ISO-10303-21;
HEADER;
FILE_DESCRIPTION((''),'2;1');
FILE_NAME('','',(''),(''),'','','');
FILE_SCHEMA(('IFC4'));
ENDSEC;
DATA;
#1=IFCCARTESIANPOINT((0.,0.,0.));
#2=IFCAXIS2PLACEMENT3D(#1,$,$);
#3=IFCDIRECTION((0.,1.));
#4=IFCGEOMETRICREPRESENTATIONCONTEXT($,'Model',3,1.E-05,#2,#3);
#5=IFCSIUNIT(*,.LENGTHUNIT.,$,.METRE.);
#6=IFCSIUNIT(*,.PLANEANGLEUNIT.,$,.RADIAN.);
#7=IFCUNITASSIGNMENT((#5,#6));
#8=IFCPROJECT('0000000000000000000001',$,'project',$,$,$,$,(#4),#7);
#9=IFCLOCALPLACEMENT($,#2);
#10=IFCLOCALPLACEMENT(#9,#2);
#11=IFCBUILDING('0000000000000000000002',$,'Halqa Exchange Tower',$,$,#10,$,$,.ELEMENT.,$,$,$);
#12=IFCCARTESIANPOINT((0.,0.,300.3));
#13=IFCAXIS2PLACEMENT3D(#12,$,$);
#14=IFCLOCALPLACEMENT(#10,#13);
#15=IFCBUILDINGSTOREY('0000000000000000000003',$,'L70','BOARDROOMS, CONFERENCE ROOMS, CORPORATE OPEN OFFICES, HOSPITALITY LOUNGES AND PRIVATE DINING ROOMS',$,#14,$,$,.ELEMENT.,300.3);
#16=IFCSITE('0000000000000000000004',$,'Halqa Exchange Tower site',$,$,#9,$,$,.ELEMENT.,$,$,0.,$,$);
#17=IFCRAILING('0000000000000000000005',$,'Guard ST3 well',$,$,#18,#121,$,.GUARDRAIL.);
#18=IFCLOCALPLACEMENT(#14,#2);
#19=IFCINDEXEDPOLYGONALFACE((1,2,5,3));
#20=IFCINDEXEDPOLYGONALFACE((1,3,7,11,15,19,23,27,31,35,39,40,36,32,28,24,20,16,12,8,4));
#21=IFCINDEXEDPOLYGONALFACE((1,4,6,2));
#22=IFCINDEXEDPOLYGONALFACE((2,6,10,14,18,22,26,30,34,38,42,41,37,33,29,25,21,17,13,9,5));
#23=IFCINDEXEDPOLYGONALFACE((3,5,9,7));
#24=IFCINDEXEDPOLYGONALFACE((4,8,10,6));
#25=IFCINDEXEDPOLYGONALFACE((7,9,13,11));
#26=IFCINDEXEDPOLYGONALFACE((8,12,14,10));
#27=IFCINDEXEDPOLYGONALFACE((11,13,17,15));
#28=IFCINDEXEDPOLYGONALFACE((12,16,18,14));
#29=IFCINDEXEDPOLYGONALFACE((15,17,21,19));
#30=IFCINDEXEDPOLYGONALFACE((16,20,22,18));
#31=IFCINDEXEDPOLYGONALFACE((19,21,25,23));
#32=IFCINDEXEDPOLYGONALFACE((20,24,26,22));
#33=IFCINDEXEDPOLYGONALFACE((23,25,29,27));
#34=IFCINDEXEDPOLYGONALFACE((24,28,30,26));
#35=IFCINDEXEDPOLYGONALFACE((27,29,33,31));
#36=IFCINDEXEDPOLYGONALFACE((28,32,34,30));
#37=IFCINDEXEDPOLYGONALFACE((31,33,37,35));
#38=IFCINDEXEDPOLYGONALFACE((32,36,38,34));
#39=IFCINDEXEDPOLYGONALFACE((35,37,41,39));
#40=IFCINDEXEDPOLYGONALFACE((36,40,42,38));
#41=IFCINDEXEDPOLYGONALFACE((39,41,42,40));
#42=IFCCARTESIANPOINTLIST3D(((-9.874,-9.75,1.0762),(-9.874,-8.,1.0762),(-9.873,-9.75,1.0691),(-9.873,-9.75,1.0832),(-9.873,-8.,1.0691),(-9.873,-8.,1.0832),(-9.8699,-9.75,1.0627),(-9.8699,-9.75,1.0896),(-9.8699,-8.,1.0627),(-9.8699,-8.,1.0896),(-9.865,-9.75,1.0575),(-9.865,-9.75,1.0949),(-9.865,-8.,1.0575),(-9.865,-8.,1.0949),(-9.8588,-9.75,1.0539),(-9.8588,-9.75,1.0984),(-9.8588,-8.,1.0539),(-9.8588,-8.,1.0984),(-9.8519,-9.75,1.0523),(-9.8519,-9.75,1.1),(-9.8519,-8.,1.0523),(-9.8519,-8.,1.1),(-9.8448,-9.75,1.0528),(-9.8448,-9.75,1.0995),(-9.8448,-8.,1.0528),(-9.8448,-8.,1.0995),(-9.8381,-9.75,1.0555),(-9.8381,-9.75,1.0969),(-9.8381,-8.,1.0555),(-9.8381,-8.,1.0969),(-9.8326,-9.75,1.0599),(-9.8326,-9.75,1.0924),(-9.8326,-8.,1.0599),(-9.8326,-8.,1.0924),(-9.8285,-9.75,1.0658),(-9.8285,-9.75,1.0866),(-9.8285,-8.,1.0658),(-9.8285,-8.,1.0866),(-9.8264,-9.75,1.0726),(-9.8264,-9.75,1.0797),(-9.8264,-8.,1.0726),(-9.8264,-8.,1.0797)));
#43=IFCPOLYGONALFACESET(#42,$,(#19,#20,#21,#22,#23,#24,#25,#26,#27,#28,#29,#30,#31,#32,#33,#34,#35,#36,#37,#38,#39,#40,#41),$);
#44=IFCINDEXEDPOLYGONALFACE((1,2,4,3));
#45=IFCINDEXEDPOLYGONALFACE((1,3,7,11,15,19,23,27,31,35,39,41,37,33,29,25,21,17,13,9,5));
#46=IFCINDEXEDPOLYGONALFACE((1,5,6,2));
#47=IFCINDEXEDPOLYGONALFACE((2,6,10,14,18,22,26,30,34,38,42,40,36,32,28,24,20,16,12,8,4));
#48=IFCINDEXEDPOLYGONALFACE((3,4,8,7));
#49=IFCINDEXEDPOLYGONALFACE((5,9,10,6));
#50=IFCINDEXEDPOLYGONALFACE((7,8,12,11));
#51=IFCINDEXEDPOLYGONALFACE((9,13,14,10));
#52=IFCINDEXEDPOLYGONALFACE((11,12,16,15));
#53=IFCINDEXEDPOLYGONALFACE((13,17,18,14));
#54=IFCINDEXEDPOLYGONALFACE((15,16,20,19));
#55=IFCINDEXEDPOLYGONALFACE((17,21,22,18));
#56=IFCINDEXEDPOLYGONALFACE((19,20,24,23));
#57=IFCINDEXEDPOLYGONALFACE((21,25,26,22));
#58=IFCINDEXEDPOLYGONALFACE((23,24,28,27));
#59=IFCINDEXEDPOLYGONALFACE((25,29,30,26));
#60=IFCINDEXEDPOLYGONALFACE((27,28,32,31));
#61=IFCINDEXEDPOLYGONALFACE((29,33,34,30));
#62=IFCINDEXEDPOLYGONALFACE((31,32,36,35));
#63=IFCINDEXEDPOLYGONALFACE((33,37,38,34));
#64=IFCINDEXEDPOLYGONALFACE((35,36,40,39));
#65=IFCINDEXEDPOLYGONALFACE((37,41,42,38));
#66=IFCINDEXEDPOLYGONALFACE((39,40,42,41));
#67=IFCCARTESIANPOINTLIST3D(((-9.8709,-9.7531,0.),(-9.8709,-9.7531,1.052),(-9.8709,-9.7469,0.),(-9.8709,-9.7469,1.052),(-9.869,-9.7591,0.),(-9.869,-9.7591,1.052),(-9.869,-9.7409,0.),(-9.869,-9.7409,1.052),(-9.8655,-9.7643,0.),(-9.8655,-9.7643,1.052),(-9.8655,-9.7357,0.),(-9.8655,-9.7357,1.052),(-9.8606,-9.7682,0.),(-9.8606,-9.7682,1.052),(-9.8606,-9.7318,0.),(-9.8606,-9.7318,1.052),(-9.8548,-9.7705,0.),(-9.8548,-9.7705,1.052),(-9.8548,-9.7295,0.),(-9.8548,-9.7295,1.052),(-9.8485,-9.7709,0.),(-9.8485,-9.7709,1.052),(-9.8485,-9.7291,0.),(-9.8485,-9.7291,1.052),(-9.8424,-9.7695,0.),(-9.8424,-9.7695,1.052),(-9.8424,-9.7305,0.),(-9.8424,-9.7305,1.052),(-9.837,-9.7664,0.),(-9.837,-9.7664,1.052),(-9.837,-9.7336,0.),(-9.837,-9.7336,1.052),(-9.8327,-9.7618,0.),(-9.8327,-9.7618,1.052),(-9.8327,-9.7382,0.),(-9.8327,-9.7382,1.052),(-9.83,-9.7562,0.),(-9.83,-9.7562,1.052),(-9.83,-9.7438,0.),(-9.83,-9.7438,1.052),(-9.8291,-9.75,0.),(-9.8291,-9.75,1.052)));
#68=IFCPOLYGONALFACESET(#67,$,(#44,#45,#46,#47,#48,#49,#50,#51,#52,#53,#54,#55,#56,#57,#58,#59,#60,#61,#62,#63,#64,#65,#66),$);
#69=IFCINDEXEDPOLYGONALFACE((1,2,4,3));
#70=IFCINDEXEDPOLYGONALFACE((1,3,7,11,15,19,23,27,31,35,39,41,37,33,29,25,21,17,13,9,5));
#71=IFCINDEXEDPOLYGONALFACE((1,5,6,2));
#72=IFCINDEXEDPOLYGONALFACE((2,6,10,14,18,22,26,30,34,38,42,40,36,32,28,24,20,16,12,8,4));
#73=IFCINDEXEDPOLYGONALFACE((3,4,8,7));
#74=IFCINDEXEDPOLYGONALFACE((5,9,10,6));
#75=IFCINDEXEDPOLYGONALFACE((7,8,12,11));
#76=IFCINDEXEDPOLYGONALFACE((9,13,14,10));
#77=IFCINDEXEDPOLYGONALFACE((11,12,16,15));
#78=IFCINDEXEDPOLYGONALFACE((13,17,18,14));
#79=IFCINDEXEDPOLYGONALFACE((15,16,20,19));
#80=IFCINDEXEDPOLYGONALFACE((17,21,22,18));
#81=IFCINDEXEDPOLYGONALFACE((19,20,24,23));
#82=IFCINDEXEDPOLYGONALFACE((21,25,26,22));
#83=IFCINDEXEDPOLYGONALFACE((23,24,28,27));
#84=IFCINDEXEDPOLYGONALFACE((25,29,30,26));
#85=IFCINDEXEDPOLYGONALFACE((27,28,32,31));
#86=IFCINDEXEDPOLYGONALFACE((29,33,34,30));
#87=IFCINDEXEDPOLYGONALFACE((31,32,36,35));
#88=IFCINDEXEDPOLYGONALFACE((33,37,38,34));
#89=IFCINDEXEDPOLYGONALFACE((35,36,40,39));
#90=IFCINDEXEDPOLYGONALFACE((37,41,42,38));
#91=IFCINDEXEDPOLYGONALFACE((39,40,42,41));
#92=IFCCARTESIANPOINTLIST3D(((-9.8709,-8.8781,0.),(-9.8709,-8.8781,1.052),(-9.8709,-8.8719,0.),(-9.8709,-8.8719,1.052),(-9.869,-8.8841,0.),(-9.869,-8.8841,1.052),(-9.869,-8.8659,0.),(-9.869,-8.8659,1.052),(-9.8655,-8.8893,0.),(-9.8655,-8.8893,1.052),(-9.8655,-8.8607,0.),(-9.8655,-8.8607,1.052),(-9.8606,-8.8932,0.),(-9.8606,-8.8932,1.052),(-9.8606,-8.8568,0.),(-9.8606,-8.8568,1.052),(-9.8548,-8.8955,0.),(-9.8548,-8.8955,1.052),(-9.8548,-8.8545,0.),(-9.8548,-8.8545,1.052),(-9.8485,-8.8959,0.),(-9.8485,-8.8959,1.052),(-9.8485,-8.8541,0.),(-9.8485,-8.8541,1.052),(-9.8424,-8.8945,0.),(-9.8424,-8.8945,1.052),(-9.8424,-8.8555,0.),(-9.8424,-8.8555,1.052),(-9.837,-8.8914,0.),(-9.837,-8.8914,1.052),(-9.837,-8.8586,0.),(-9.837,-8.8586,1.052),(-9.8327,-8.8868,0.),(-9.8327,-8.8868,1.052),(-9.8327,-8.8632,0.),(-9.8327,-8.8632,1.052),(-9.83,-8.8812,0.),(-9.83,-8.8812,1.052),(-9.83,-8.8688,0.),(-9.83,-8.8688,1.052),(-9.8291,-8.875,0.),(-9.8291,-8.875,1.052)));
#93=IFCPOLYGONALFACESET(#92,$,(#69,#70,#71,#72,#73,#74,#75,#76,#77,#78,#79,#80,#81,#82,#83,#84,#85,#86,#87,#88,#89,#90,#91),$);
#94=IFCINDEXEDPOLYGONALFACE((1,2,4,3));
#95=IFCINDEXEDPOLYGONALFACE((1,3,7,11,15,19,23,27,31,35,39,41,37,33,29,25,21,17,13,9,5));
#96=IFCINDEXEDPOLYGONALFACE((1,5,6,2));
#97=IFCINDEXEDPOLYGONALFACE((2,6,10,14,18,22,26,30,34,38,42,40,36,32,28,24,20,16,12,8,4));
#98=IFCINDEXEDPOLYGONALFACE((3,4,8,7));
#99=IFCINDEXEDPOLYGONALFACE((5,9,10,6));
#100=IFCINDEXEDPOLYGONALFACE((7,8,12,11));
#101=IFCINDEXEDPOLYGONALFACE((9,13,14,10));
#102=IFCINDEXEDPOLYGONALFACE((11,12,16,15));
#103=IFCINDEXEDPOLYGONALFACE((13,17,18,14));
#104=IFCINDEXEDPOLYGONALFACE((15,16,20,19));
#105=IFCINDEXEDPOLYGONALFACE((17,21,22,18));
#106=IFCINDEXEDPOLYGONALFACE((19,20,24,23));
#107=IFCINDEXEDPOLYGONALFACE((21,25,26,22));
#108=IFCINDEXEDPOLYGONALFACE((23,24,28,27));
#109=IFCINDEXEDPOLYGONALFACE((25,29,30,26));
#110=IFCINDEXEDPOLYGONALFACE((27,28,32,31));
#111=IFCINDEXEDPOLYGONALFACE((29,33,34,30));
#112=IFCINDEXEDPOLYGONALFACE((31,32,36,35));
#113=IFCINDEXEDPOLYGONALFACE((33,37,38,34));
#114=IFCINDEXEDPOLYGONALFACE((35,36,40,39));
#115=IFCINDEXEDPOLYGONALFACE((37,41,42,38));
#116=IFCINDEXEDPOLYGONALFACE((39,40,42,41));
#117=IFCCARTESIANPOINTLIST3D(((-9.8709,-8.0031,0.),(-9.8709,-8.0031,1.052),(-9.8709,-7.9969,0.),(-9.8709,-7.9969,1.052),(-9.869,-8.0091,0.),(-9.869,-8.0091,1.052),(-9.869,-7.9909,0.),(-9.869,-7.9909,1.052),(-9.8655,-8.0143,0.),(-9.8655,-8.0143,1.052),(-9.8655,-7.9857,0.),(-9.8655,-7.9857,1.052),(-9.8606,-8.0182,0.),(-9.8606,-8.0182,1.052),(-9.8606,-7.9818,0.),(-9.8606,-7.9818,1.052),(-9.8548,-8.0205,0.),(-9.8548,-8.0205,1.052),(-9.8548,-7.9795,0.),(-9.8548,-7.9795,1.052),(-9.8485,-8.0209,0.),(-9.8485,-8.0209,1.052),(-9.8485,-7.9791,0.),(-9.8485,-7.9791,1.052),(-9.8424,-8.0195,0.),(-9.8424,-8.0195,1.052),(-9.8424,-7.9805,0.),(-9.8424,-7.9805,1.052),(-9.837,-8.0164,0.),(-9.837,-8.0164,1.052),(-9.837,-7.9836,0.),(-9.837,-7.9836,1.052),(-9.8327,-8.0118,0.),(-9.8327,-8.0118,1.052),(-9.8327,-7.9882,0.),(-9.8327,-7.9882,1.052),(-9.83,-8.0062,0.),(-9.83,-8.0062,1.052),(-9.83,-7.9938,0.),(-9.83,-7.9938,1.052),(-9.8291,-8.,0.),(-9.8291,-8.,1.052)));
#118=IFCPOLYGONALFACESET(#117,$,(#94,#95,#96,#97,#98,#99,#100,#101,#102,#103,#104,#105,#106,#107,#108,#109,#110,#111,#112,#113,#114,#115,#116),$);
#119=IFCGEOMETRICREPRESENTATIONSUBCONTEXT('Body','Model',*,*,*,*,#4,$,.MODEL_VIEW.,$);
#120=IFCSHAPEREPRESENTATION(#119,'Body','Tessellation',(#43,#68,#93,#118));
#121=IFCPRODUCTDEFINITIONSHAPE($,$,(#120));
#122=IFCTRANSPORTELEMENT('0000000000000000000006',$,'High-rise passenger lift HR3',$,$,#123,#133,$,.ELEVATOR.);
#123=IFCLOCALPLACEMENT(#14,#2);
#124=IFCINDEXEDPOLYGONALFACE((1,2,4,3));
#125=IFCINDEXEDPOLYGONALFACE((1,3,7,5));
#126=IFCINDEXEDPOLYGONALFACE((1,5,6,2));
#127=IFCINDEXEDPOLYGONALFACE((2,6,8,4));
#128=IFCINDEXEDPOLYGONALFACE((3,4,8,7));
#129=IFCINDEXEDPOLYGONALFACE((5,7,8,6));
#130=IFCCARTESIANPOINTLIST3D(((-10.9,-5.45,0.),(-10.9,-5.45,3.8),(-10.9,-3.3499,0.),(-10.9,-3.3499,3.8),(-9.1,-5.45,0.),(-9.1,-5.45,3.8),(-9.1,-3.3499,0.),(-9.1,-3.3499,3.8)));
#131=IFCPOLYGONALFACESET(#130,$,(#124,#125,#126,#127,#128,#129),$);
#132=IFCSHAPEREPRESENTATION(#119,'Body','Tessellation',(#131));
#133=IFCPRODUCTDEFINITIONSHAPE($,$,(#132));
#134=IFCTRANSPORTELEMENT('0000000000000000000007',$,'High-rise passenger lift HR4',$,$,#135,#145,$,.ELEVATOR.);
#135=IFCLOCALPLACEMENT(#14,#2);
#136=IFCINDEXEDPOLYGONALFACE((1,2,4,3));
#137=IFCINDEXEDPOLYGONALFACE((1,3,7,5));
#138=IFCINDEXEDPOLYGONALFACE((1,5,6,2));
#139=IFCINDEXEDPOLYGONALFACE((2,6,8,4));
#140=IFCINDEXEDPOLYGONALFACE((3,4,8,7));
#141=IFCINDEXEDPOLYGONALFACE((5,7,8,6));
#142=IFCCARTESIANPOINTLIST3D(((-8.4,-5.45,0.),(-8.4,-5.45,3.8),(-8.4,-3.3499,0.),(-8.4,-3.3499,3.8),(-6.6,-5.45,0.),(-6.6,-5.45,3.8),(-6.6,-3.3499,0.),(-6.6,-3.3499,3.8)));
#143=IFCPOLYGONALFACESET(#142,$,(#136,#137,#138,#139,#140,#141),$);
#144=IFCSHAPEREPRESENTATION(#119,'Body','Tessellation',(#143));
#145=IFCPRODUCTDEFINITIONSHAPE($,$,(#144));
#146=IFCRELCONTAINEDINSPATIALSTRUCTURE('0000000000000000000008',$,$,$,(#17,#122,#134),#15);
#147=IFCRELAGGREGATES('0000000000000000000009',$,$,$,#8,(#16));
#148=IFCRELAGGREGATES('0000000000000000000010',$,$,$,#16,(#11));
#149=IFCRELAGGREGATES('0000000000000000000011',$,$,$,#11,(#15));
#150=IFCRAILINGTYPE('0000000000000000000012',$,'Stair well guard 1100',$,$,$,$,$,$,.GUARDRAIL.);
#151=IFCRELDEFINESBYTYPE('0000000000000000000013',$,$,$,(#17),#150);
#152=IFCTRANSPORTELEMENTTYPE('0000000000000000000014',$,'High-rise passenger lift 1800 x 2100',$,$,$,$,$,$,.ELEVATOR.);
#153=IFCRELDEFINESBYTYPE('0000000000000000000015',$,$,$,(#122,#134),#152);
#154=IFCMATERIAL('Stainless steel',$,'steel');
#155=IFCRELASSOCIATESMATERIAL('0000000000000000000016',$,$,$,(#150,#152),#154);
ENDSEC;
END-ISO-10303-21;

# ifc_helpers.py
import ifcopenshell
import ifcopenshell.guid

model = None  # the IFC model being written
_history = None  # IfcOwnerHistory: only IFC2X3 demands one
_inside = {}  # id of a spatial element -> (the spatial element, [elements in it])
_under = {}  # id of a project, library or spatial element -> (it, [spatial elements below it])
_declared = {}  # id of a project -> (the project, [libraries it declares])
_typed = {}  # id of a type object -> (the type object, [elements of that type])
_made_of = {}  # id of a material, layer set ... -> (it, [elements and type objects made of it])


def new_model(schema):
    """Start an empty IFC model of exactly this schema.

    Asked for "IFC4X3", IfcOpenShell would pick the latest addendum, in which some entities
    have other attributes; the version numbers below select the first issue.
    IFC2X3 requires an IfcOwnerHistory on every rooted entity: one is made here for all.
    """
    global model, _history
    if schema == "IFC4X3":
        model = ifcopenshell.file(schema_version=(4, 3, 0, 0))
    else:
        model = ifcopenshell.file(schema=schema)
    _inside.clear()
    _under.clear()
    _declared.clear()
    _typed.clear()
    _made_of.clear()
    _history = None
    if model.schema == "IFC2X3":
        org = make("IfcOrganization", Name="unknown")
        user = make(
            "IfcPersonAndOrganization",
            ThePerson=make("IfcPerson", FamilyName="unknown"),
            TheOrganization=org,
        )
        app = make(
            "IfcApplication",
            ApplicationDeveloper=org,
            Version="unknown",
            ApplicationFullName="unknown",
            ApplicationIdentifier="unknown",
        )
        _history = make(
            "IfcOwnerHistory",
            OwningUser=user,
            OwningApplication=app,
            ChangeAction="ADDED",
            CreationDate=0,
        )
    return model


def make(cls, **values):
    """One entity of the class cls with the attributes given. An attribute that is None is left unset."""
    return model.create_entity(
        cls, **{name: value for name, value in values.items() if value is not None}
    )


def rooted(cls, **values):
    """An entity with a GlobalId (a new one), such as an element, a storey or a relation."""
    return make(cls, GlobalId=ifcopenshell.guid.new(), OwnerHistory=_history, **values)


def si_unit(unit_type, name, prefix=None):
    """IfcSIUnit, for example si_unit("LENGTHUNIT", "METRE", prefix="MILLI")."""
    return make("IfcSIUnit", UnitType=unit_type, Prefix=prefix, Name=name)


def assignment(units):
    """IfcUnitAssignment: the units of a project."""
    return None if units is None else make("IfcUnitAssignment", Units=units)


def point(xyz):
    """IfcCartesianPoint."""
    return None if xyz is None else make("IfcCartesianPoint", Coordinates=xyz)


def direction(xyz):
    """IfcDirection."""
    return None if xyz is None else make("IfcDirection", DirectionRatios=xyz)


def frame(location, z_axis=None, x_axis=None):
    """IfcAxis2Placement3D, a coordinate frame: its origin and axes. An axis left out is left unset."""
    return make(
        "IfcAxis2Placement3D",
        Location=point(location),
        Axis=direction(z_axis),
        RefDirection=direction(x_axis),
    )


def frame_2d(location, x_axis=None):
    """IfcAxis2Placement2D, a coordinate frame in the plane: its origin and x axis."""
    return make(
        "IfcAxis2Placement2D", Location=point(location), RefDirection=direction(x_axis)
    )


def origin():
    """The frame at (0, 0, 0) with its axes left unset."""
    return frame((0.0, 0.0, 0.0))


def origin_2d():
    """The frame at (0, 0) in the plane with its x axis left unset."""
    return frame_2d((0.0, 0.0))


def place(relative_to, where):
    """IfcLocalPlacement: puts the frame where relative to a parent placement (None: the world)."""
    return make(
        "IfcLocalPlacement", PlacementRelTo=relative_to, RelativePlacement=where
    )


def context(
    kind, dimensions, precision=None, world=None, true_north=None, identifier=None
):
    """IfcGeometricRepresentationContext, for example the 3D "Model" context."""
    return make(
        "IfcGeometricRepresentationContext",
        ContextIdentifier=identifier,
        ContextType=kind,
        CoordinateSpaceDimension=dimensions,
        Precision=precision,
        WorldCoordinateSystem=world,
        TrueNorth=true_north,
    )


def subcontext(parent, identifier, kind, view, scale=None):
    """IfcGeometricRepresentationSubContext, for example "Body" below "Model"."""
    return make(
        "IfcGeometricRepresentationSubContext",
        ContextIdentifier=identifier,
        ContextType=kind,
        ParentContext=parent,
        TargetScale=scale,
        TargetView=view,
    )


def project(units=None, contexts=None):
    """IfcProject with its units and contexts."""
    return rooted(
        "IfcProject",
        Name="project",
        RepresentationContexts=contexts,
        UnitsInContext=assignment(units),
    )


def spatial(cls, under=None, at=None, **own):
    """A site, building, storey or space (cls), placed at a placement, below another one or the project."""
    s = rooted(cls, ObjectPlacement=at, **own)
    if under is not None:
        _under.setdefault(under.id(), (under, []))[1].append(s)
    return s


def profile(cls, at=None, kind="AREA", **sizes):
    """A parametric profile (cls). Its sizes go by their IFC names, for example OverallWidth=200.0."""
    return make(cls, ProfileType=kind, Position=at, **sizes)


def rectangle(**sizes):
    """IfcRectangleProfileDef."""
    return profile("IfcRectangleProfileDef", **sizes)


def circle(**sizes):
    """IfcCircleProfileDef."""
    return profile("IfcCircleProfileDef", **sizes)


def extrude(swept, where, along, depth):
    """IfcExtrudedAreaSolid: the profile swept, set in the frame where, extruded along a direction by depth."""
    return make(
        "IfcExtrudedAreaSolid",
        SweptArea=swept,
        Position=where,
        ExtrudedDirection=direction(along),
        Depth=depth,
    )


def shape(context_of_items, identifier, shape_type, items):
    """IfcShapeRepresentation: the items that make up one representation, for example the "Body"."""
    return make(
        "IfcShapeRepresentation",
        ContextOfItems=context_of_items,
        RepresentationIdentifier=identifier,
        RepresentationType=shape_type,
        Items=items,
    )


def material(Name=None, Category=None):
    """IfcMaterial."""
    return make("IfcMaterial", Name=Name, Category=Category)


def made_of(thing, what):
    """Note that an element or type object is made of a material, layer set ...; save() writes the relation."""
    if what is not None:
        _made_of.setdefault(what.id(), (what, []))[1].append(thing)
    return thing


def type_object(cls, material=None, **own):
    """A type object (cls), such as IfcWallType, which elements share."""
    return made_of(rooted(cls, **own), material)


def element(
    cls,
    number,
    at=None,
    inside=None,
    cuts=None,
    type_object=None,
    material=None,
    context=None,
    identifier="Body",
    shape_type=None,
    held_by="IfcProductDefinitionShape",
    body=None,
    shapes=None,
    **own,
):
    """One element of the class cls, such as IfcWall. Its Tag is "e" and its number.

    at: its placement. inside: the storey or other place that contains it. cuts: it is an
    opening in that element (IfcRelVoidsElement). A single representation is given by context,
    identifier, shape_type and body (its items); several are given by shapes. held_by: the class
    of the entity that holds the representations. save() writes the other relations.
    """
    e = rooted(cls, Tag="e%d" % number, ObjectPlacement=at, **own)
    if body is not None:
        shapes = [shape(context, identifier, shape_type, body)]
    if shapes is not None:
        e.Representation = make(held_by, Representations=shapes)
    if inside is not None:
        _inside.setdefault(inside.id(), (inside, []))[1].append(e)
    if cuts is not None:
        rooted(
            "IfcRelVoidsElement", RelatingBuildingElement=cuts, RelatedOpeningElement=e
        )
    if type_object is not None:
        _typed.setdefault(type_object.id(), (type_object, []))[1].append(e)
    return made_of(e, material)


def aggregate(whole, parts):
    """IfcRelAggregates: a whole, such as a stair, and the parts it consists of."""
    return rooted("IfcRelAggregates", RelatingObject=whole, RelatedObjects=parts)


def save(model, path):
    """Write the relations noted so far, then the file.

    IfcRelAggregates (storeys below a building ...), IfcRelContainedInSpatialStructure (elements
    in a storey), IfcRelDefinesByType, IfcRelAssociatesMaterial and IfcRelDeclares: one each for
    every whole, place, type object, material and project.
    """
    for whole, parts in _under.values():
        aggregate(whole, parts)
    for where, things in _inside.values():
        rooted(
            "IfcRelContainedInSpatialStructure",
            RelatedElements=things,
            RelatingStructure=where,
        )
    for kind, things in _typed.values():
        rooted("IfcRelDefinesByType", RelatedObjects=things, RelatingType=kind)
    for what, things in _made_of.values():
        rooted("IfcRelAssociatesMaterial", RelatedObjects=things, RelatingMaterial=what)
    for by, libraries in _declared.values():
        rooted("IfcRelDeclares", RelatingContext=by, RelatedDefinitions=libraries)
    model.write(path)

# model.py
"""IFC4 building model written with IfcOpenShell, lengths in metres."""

from ifc_helpers import new_model, si_unit, direction, frame, origin, origin_2d, place, context, subcontext, project, spatial, rectangle, circle, extrude, material, type_object, element, save


model = new_model("IFC4")

# Units and contexts
model_context = context("Model", 3, precision=1e-05, world=origin(), true_north=direction((0.0, 1.0)))
body_context = subcontext(model_context, "Body", "Model", "MODEL_VIEW")
ifc_project = project(units=[si_unit("LENGTHUNIT", "METRE"), si_unit("PLANEANGLEUNIT", "RADIAN")], contexts=[model_context])

# Site, building, storey
site_placement = place(None, origin())
site = spatial("IfcSite", under=ifc_project, at=site_placement, Name="Halqa Exchange Tower site", CompositionType="ELEMENT", RefElevation=0.0)
building_placement = place(site_placement, origin())
building = spatial("IfcBuilding", under=site, at=building_placement, Name="Halqa Exchange Tower", CompositionType="ELEMENT")
storey_placement = place(building_placement, frame((0.0, 0.0, 300.3)))
storey = spatial("IfcBuildingStorey", under=building, at=storey_placement, Name="L70", Description="BOARDROOMS, CONFERENCE ROOMS, CORPORATE OPEN OFFICES, HOSPITALITY LOUNGES AND PRIVATE DINING ROOMS", CompositionType="ELEMENT", Elevation=300.3)

# Shared definitions
ifc_material_1 = material(Name="Stainless steel", Category="steel")

# Railing
railing_type_1 = type_object("IfcRailingType", Name="Stair well guard 1100", PredefinedType="GUARDRAIL", material=ifc_material_1)
railing_1_placement = place(storey_placement, frame((-9.8501, -9.75, 0.0)))
element("IfcRailing", 1, at=railing_1_placement, inside=storey, type_object=railing_type_1, Name="Guard ST3 well", PredefinedType="GUARDRAIL", context=body_context, shape_type="SweptSolid", body=[
    extrude(circle(Radius=0.0239, at=origin_2d()), frame((0.0, 0.0, 1.0762), z_axis=(0.0, 1.0, 0.0), x_axis=(-1.0, 0.0, 0.0)), (0.0, 0.0, 1.0), 1.75),
    extrude(circle(Radius=0.021, at=origin_2d()), origin(), (0.0, 0.0, 1.0), 1.052),
    extrude(circle(Radius=0.021, at=origin_2d()), frame((0.0, 0.875, 0.0)), (0.0, 0.0, 1.0), 1.052),
    extrude(circle(Radius=0.021, at=origin_2d()), frame((0.0, 1.75, 0.0)), (0.0, 0.0, 1.0), 1.052),
])

# Transport elements
transport_element_type = type_object("IfcTransportElementType", Name="High-rise passenger lift 1800 x 2100", PredefinedType="ELEVATOR", material=ifc_material_1)
for number, where, z_axis, x_axis, name in (
    (2, (-10.0, -4.3999, 0.0), (0.0, 0.0, 1.0), (1.0, 0.0, 0.0), "High-rise passenger lift HR3"),
    (3, (-7.5, -4.3999, 0.0), (0.0, 0.0, 1.0), (1.0, 0.0, 0.0), "High-rise passenger lift HR4"),
):
    element("IfcTransportElement", number, at=place(storey_placement, frame(where, z_axis=z_axis, x_axis=x_axis)), inside=storey, type_object=transport_element_type, Name=name, PredefinedType="ELEVATOR", context=body_context, shape_type="SweptSolid", body=[
        extrude(rectangle(XDim=1.8, YDim=2.1001, at=origin_2d()), origin(), (0.0, 0.0, 1.0), 3.8),
    ])

save(model, "model.ifc")
